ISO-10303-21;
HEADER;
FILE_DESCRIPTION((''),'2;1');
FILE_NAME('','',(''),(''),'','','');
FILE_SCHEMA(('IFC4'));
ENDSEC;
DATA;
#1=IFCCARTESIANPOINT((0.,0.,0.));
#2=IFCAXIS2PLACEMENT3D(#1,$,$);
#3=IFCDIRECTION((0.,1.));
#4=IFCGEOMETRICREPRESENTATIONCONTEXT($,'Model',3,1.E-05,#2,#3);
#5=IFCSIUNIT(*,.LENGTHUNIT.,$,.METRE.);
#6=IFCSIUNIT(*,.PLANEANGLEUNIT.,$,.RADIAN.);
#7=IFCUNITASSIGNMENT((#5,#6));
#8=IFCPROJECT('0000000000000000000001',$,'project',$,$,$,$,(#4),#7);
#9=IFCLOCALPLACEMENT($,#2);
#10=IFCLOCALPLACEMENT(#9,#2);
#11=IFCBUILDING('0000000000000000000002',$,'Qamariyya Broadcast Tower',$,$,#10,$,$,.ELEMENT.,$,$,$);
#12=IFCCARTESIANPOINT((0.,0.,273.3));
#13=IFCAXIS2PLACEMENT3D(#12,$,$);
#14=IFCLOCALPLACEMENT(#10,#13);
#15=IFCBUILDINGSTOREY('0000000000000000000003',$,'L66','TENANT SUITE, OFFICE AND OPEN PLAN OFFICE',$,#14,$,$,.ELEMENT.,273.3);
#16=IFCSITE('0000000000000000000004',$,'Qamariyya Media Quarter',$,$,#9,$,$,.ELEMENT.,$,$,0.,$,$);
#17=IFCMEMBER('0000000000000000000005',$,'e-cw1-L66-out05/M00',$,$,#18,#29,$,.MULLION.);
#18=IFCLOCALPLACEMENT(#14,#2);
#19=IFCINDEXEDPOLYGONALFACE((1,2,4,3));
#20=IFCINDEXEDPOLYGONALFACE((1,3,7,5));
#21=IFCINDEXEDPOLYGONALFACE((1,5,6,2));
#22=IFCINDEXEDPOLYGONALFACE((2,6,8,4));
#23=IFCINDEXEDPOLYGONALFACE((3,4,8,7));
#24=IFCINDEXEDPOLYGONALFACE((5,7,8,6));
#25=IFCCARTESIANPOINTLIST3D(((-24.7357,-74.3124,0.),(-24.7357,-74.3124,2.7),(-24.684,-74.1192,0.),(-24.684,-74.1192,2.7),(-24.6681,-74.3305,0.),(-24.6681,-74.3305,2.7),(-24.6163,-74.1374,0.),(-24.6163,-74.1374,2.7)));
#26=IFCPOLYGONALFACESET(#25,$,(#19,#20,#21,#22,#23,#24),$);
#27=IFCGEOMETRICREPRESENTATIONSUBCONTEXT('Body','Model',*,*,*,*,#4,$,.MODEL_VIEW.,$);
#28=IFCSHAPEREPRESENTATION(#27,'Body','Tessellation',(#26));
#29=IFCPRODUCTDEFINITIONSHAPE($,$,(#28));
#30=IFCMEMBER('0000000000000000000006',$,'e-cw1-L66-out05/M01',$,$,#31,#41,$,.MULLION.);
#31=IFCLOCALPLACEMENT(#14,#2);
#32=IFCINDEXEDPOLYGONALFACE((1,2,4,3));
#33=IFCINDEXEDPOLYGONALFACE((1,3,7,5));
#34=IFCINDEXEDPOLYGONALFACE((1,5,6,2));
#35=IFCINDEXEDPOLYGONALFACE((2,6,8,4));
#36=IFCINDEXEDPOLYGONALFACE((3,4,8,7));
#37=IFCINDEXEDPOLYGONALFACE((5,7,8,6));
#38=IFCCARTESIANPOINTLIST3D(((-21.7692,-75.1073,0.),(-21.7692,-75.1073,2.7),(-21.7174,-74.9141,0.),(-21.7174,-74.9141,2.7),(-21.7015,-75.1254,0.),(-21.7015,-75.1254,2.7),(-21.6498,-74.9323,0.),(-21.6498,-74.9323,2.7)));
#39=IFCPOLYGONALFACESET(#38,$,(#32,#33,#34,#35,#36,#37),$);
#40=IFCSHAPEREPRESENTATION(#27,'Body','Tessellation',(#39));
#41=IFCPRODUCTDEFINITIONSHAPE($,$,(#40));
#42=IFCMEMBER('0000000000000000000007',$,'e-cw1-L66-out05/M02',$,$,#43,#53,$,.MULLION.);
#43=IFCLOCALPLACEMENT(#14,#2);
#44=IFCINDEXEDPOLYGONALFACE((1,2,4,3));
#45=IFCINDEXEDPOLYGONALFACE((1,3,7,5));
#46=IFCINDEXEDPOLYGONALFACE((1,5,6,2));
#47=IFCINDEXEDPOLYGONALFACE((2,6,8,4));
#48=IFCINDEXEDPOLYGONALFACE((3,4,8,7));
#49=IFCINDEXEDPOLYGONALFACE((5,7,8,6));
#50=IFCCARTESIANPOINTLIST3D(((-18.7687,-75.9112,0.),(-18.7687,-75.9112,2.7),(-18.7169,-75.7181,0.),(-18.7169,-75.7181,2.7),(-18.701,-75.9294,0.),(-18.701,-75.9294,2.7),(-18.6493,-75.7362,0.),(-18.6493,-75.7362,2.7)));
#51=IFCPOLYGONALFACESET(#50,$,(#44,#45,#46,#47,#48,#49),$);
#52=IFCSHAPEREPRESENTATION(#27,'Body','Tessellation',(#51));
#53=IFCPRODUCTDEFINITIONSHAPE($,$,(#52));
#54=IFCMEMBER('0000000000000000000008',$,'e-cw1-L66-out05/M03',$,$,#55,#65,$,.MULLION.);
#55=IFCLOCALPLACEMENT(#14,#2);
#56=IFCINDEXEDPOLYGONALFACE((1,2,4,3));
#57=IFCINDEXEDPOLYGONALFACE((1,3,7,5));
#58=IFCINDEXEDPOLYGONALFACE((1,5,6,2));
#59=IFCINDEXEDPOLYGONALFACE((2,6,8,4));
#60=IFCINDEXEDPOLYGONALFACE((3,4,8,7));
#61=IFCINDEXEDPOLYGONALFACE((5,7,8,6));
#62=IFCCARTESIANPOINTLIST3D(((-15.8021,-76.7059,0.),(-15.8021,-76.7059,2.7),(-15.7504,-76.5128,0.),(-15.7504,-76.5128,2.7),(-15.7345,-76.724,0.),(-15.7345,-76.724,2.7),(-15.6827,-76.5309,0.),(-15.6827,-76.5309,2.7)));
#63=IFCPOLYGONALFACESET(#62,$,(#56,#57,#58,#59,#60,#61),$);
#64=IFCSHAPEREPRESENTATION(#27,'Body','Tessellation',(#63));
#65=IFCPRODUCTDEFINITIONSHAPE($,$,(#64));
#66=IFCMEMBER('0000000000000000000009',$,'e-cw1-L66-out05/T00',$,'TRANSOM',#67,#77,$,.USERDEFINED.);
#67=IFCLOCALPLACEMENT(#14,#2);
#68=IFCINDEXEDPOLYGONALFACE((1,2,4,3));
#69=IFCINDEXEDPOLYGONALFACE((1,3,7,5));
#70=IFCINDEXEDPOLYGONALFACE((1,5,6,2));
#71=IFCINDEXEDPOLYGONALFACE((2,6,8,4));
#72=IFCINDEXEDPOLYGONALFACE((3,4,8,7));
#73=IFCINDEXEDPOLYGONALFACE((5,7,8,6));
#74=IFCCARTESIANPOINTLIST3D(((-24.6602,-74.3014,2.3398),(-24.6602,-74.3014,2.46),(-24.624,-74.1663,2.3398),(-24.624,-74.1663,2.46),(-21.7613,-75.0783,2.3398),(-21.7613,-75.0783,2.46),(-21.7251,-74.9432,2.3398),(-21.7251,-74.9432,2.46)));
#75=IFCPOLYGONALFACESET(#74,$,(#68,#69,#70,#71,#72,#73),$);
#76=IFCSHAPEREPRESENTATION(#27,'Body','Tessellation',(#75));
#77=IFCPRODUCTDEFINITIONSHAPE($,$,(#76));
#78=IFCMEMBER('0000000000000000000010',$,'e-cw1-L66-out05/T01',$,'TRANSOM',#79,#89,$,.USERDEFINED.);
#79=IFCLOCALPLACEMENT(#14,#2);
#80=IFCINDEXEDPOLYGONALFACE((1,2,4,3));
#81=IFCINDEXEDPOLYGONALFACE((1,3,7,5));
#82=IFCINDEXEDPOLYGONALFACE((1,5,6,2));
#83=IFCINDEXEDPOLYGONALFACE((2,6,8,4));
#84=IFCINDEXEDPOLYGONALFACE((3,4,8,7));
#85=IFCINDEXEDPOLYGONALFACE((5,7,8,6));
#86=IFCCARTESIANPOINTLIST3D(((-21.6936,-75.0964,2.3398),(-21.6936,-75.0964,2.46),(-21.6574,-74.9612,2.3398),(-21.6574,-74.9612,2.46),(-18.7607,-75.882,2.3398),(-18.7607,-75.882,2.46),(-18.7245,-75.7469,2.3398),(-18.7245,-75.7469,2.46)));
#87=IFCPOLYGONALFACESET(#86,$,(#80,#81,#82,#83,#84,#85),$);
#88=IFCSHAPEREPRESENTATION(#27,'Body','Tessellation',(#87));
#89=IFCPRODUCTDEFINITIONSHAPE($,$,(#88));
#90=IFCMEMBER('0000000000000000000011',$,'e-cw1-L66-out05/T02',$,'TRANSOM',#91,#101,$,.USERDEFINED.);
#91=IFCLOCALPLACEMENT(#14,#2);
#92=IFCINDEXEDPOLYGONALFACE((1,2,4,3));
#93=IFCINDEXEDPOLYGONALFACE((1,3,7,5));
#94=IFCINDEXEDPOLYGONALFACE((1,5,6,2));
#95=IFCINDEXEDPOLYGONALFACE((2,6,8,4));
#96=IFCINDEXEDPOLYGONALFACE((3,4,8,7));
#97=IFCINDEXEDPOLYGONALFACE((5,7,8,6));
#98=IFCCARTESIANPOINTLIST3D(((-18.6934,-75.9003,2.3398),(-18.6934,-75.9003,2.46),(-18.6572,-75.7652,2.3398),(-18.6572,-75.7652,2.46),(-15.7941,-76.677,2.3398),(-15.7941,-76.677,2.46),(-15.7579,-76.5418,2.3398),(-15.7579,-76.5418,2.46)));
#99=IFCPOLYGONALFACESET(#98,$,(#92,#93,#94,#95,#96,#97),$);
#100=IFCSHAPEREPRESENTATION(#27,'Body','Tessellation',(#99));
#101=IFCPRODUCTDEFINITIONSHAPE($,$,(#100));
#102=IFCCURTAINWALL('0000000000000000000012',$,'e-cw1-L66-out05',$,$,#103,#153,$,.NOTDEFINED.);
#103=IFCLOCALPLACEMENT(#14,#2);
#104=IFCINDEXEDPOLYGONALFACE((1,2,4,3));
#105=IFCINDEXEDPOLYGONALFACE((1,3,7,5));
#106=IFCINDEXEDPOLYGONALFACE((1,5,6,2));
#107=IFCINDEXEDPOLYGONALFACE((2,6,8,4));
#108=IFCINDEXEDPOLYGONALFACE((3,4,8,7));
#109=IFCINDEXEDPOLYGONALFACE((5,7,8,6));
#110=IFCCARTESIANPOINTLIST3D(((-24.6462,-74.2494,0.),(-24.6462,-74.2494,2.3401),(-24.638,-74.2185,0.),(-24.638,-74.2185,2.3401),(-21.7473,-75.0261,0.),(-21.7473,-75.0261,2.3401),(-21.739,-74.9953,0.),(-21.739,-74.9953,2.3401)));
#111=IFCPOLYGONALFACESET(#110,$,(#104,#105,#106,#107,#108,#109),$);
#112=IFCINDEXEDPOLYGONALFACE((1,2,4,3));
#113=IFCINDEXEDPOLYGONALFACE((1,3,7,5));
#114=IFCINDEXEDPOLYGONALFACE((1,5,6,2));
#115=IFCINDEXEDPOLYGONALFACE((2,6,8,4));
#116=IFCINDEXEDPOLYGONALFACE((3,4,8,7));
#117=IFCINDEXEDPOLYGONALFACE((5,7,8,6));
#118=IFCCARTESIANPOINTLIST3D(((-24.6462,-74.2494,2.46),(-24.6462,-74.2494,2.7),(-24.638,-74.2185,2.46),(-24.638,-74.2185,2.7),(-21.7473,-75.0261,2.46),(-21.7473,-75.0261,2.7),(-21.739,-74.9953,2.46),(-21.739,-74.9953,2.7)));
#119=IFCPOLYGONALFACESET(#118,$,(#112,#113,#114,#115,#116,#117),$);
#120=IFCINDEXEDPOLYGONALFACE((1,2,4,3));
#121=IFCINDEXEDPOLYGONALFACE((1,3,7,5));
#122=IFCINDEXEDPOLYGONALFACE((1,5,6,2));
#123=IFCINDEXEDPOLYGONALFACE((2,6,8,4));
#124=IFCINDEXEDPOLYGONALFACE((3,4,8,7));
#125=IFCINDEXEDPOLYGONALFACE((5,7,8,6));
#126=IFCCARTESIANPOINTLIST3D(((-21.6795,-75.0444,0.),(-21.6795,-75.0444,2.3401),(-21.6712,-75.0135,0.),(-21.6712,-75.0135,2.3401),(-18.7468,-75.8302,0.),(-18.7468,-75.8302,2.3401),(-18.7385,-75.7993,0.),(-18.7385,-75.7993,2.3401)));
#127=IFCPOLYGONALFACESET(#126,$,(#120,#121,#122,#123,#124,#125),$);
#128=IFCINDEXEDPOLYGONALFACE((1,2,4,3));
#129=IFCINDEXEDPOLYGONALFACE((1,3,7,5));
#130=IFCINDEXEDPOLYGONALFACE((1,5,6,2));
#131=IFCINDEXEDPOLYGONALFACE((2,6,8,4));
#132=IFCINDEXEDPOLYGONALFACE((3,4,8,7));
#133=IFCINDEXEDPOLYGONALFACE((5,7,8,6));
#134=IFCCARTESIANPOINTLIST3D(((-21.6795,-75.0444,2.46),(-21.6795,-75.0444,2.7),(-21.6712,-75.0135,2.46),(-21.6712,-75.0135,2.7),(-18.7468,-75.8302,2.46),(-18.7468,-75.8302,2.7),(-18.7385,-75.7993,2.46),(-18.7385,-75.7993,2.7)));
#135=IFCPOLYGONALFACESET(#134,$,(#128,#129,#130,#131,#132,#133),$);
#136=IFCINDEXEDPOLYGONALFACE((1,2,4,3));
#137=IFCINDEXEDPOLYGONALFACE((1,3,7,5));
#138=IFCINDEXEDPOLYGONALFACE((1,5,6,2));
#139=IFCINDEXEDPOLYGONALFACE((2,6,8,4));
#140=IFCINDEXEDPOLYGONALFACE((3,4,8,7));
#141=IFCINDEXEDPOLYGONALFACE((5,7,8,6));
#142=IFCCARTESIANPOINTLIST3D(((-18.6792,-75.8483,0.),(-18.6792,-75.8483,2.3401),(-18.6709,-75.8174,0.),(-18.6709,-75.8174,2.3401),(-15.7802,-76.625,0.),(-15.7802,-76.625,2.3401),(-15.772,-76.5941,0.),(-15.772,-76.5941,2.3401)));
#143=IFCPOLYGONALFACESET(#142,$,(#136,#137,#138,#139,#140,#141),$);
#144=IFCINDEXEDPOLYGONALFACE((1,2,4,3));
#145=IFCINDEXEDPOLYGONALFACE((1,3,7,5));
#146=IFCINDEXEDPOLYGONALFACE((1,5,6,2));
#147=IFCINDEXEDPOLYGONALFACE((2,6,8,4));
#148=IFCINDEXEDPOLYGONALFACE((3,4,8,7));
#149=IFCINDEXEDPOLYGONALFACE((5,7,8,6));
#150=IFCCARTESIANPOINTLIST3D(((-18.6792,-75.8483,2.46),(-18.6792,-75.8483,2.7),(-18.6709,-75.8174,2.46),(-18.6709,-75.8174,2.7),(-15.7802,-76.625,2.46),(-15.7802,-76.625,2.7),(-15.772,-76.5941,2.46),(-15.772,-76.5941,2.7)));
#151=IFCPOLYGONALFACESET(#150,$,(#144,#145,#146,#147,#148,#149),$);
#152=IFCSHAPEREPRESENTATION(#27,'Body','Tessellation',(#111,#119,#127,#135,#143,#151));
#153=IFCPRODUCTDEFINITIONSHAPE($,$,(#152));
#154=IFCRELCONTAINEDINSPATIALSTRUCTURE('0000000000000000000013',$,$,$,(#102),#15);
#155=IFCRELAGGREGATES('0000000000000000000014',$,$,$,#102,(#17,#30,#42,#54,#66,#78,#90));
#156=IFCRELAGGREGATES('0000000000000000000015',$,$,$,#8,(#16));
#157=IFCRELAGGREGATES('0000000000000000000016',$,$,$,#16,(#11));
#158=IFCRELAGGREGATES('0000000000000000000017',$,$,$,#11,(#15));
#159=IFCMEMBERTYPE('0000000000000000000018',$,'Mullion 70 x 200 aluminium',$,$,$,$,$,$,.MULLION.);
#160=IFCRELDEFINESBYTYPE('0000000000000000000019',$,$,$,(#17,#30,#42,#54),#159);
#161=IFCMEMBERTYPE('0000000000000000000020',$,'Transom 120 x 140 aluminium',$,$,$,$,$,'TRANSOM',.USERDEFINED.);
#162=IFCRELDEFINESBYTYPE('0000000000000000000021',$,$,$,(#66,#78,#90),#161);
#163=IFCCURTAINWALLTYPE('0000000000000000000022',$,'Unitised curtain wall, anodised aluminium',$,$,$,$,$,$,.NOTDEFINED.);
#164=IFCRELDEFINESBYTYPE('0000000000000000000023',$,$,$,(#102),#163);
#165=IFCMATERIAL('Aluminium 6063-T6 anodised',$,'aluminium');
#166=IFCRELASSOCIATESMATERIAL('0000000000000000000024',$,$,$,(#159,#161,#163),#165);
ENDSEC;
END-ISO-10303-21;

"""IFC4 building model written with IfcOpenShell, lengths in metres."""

from ifc_helpers import new_model, si_unit, direction, frame, origin, origin_2d, place, context, subcontext, project, spatial, rectangle, extrude, material, material_profile, profile_set, type_object, element, aggregate, save


model = new_model("IFC4")

# Units and contexts
model_context = context("Model", 3, precision=1e-05, world=origin(), true_north=direction((0.0, 1.0)))
body_context = subcontext(model_context, "Body", "Model", "MODEL_VIEW")
ifc_project = project(units=[si_unit("LENGTHUNIT", "METRE"), si_unit("PLANEANGLEUNIT", "RADIAN")], contexts=[model_context])

# Members
ifc_material = material(Name="Aluminium 6063-T6 anodised", Category="aluminium")
ifc_material_profile_1 = material_profile(ifc_material, rectangle(XDim=0.2, YDim=0.0701, at=origin_2d()))
ifc_profile_set_1 = profile_set([ifc_material_profile_1], Name="Aluminium 6063-T6 anodised")
member_type_1 = type_object("IfcMemberType", Name="Mullion 70 x 200 aluminium", PredefinedType="MULLION", material=ifc_profile_set_1)
site_placement = place(None, origin())
building_placement = place(site_placement, origin())
storey_placement = place(building_placement, frame((0.0, 0.0, 273.3)))
member_1_placement = place(storey_placement, frame((-24.676, -74.2249, 0.0), z_axis=(0.0, 0.0, 1.0), x_axis=(0.258819, 0.965926, 0.0)))
member_1 = element("IfcMember", 1, at=member_1_placement, type_object=member_type_1, Name="e-cw1-L66-out05/M00", PredefinedType="MULLION", context=body_context, shape_type="SweptSolid", body=[
    extrude(rectangle(XDim=0.2, YDim=0.0701, at=origin_2d()), origin(), (0.0, 0.0, 1.0), 2.7),
])
member_2_placement = place(storey_placement, frame((-21.7095, -75.0198, 0.0), z_axis=(0.0, 0.0, 1.0), x_axis=(0.258819, 0.965926, 0.0)))
member_2 = element("IfcMember", 2, at=member_2_placement, type_object=member_type_1, Name="e-cw1-L66-out05/M01", PredefinedType="MULLION", context=body_context, shape_type="SweptSolid", body=[
    extrude(rectangle(XDim=0.2, YDim=0.0701, at=origin_2d()), origin(), (0.0, 0.0, 1.0), 2.7),
])
member_3_placement = place(storey_placement, frame((-18.709, -75.8237, 0.0), z_axis=(0.0, 0.0, 1.0), x_axis=(0.258819, 0.965926, 0.0)))
member_3 = element("IfcMember", 3, at=member_3_placement, type_object=member_type_1, Name="e-cw1-L66-out05/M02", PredefinedType="MULLION", context=body_context, shape_type="SweptSolid", body=[
    extrude(rectangle(XDim=0.2, YDim=0.0701, at=origin_2d()), origin(), (0.0, 0.0, 1.0), 2.7),
])
member_4_placement = place(storey_placement, frame((-15.7424, -76.6184, 0.0), z_axis=(0.0, 0.0, 1.0), x_axis=(0.258819, 0.965926, 0.0)))
member_4 = element("IfcMember", 4, at=member_4_placement, type_object=member_type_1, Name="e-cw1-L66-out05/M03", PredefinedType="MULLION", context=body_context, shape_type="SweptSolid", body=[
    extrude(rectangle(XDim=0.2, YDim=0.0701, at=origin_2d()), origin(), (0.0, 0.0, 1.0), 2.7),
])
ifc_material_profile_2 = material_profile(ifc_material, rectangle(XDim=0.1399, YDim=0.1201, at=origin_2d()))
ifc_profile_set_2 = profile_set([ifc_material_profile_2], Name="Aluminium 6063-T6 anodised")
member_type_2 = type_object("IfcMemberType", Name="Transom 120 x 140 aluminium", ElementType="TRANSOM", PredefinedType="USERDEFINED", material=ifc_profile_set_2)
member_5_placement = place(storey_placement, frame((-24.6421, -74.2339, 2.3999), z_axis=(0.965918, -0.258847, 0.0), x_axis=(0.258847, 0.965918, 0.0)))
member_5 = element("IfcMember", 5, at=member_5_placement, type_object=member_type_2, Name="e-cw1-L66-out05/T00", ObjectType="TRANSOM", PredefinedType="USERDEFINED", context=body_context, shape_type="SweptSolid", body=[
    extrude(rectangle(XDim=0.1399, YDim=0.1201, at=origin_2d()), origin(), (0.0, 0.0, 1.0), 3.0012),
])
member_6_placement = place(storey_placement, frame((-21.6755, -75.0288, 2.3999), z_axis=(0.965943, -0.258754, 0.0), x_axis=(0.258754, 0.965943, 0.0)))
member_6 = element("IfcMember", 6, at=member_6_placement, type_object=member_type_2, Name="e-cw1-L66-out05/T01", ObjectType="TRANSOM", PredefinedType="USERDEFINED", context=body_context, shape_type="SweptSolid", body=[
    extrude(rectangle(XDim=0.1399, YDim=0.1201, at=origin_2d()), origin(), (0.0, 0.0, 1.0), 3.0364),
])
member_7_placement = place(storey_placement, frame((-18.6753, -75.8328, 2.3999), z_axis=(0.965944, -0.258751, 0.0), x_axis=(0.258751, 0.965944, 0.0)))
member_7 = element("IfcMember", 7, at=member_7_placement, type_object=member_type_2, Name="e-cw1-L66-out05/T02", ObjectType="TRANSOM", PredefinedType="USERDEFINED", context=body_context, shape_type="SweptSolid", body=[
    extrude(rectangle(XDim=0.1399, YDim=0.1201, at=origin_2d()), origin(), (0.0, 0.0, 1.0), 3.0015),
])

# Site, building, storey
site = spatial("IfcSite", under=ifc_project, at=site_placement, Name="Qamariyya Media Quarter", CompositionType="ELEMENT", RefElevation=0.0)
building = spatial("IfcBuilding", under=site, at=building_placement, Name="Qamariyya Broadcast Tower", CompositionType="ELEMENT")
storey = spatial("IfcBuildingStorey", under=building, at=storey_placement, Name="L66", Description="TENANT SUITE, OFFICE AND OPEN PLAN OFFICE", CompositionType="ELEMENT", Elevation=273.3)

# Curtain wall
curtain_wall_type = type_object("IfcCurtainWallType", Name="Unitised curtain wall, anodised aluminium", PredefinedType="NOTDEFINED", material=ifc_material)
curtain_wall_1_placement = place(storey_placement, origin())
curtain_wall_1 = element("IfcCurtainWall", 8, at=curtain_wall_1_placement, inside=storey, type_object=curtain_wall_type, Name="e-cw1-L66-out05", PredefinedType="NOTDEFINED", context=body_context, shape_type="SweptSolid", body=[
    extrude(rectangle(XDim=3.0012, YDim=0.032, at=origin_2d()), frame((-23.1926, -74.6223, 0.0), x_axis=(0.965926, -0.258819, 0.0)), (0.0, 0.0, 1.0), 2.3401),
    extrude(rectangle(XDim=3.0012, YDim=0.032, at=origin_2d()), frame((-23.1926, -74.6223, 2.46), x_axis=(0.965926, -0.258819, 0.0)), (0.0, 0.0, 1.0), 0.24),
    extrude(rectangle(XDim=3.0361, YDim=0.032, at=origin_2d()), frame((-20.209, -75.4219, 0.0), x_axis=(0.965926, -0.258819, 0.0)), (0.0, 0.0, 1.0), 2.3401),
    extrude(rectangle(XDim=3.0361, YDim=0.032, at=origin_2d()), frame((-20.209, -75.4219, 2.46), x_axis=(0.965926, -0.258819, 0.0)), (0.0, 0.0, 1.0), 0.24),
    extrude(rectangle(XDim=3.0012, YDim=0.032, at=origin_2d()), frame((-17.2256, -76.2212, 0.0), x_axis=(0.965926, -0.258819, 0.0)), (0.0, 0.0, 1.0), 2.3401),
    extrude(rectangle(XDim=3.0012, YDim=0.032, at=origin_2d()), frame((-17.2256, -76.2212, 2.46), x_axis=(0.965926, -0.258819, 0.0)), (0.0, 0.0, 1.0), 0.24),
])
aggregate(curtain_wall_1, [member_1, member_2, member_3, member_4, member_5, member_6, member_7])

save(model, "model.ifc")
